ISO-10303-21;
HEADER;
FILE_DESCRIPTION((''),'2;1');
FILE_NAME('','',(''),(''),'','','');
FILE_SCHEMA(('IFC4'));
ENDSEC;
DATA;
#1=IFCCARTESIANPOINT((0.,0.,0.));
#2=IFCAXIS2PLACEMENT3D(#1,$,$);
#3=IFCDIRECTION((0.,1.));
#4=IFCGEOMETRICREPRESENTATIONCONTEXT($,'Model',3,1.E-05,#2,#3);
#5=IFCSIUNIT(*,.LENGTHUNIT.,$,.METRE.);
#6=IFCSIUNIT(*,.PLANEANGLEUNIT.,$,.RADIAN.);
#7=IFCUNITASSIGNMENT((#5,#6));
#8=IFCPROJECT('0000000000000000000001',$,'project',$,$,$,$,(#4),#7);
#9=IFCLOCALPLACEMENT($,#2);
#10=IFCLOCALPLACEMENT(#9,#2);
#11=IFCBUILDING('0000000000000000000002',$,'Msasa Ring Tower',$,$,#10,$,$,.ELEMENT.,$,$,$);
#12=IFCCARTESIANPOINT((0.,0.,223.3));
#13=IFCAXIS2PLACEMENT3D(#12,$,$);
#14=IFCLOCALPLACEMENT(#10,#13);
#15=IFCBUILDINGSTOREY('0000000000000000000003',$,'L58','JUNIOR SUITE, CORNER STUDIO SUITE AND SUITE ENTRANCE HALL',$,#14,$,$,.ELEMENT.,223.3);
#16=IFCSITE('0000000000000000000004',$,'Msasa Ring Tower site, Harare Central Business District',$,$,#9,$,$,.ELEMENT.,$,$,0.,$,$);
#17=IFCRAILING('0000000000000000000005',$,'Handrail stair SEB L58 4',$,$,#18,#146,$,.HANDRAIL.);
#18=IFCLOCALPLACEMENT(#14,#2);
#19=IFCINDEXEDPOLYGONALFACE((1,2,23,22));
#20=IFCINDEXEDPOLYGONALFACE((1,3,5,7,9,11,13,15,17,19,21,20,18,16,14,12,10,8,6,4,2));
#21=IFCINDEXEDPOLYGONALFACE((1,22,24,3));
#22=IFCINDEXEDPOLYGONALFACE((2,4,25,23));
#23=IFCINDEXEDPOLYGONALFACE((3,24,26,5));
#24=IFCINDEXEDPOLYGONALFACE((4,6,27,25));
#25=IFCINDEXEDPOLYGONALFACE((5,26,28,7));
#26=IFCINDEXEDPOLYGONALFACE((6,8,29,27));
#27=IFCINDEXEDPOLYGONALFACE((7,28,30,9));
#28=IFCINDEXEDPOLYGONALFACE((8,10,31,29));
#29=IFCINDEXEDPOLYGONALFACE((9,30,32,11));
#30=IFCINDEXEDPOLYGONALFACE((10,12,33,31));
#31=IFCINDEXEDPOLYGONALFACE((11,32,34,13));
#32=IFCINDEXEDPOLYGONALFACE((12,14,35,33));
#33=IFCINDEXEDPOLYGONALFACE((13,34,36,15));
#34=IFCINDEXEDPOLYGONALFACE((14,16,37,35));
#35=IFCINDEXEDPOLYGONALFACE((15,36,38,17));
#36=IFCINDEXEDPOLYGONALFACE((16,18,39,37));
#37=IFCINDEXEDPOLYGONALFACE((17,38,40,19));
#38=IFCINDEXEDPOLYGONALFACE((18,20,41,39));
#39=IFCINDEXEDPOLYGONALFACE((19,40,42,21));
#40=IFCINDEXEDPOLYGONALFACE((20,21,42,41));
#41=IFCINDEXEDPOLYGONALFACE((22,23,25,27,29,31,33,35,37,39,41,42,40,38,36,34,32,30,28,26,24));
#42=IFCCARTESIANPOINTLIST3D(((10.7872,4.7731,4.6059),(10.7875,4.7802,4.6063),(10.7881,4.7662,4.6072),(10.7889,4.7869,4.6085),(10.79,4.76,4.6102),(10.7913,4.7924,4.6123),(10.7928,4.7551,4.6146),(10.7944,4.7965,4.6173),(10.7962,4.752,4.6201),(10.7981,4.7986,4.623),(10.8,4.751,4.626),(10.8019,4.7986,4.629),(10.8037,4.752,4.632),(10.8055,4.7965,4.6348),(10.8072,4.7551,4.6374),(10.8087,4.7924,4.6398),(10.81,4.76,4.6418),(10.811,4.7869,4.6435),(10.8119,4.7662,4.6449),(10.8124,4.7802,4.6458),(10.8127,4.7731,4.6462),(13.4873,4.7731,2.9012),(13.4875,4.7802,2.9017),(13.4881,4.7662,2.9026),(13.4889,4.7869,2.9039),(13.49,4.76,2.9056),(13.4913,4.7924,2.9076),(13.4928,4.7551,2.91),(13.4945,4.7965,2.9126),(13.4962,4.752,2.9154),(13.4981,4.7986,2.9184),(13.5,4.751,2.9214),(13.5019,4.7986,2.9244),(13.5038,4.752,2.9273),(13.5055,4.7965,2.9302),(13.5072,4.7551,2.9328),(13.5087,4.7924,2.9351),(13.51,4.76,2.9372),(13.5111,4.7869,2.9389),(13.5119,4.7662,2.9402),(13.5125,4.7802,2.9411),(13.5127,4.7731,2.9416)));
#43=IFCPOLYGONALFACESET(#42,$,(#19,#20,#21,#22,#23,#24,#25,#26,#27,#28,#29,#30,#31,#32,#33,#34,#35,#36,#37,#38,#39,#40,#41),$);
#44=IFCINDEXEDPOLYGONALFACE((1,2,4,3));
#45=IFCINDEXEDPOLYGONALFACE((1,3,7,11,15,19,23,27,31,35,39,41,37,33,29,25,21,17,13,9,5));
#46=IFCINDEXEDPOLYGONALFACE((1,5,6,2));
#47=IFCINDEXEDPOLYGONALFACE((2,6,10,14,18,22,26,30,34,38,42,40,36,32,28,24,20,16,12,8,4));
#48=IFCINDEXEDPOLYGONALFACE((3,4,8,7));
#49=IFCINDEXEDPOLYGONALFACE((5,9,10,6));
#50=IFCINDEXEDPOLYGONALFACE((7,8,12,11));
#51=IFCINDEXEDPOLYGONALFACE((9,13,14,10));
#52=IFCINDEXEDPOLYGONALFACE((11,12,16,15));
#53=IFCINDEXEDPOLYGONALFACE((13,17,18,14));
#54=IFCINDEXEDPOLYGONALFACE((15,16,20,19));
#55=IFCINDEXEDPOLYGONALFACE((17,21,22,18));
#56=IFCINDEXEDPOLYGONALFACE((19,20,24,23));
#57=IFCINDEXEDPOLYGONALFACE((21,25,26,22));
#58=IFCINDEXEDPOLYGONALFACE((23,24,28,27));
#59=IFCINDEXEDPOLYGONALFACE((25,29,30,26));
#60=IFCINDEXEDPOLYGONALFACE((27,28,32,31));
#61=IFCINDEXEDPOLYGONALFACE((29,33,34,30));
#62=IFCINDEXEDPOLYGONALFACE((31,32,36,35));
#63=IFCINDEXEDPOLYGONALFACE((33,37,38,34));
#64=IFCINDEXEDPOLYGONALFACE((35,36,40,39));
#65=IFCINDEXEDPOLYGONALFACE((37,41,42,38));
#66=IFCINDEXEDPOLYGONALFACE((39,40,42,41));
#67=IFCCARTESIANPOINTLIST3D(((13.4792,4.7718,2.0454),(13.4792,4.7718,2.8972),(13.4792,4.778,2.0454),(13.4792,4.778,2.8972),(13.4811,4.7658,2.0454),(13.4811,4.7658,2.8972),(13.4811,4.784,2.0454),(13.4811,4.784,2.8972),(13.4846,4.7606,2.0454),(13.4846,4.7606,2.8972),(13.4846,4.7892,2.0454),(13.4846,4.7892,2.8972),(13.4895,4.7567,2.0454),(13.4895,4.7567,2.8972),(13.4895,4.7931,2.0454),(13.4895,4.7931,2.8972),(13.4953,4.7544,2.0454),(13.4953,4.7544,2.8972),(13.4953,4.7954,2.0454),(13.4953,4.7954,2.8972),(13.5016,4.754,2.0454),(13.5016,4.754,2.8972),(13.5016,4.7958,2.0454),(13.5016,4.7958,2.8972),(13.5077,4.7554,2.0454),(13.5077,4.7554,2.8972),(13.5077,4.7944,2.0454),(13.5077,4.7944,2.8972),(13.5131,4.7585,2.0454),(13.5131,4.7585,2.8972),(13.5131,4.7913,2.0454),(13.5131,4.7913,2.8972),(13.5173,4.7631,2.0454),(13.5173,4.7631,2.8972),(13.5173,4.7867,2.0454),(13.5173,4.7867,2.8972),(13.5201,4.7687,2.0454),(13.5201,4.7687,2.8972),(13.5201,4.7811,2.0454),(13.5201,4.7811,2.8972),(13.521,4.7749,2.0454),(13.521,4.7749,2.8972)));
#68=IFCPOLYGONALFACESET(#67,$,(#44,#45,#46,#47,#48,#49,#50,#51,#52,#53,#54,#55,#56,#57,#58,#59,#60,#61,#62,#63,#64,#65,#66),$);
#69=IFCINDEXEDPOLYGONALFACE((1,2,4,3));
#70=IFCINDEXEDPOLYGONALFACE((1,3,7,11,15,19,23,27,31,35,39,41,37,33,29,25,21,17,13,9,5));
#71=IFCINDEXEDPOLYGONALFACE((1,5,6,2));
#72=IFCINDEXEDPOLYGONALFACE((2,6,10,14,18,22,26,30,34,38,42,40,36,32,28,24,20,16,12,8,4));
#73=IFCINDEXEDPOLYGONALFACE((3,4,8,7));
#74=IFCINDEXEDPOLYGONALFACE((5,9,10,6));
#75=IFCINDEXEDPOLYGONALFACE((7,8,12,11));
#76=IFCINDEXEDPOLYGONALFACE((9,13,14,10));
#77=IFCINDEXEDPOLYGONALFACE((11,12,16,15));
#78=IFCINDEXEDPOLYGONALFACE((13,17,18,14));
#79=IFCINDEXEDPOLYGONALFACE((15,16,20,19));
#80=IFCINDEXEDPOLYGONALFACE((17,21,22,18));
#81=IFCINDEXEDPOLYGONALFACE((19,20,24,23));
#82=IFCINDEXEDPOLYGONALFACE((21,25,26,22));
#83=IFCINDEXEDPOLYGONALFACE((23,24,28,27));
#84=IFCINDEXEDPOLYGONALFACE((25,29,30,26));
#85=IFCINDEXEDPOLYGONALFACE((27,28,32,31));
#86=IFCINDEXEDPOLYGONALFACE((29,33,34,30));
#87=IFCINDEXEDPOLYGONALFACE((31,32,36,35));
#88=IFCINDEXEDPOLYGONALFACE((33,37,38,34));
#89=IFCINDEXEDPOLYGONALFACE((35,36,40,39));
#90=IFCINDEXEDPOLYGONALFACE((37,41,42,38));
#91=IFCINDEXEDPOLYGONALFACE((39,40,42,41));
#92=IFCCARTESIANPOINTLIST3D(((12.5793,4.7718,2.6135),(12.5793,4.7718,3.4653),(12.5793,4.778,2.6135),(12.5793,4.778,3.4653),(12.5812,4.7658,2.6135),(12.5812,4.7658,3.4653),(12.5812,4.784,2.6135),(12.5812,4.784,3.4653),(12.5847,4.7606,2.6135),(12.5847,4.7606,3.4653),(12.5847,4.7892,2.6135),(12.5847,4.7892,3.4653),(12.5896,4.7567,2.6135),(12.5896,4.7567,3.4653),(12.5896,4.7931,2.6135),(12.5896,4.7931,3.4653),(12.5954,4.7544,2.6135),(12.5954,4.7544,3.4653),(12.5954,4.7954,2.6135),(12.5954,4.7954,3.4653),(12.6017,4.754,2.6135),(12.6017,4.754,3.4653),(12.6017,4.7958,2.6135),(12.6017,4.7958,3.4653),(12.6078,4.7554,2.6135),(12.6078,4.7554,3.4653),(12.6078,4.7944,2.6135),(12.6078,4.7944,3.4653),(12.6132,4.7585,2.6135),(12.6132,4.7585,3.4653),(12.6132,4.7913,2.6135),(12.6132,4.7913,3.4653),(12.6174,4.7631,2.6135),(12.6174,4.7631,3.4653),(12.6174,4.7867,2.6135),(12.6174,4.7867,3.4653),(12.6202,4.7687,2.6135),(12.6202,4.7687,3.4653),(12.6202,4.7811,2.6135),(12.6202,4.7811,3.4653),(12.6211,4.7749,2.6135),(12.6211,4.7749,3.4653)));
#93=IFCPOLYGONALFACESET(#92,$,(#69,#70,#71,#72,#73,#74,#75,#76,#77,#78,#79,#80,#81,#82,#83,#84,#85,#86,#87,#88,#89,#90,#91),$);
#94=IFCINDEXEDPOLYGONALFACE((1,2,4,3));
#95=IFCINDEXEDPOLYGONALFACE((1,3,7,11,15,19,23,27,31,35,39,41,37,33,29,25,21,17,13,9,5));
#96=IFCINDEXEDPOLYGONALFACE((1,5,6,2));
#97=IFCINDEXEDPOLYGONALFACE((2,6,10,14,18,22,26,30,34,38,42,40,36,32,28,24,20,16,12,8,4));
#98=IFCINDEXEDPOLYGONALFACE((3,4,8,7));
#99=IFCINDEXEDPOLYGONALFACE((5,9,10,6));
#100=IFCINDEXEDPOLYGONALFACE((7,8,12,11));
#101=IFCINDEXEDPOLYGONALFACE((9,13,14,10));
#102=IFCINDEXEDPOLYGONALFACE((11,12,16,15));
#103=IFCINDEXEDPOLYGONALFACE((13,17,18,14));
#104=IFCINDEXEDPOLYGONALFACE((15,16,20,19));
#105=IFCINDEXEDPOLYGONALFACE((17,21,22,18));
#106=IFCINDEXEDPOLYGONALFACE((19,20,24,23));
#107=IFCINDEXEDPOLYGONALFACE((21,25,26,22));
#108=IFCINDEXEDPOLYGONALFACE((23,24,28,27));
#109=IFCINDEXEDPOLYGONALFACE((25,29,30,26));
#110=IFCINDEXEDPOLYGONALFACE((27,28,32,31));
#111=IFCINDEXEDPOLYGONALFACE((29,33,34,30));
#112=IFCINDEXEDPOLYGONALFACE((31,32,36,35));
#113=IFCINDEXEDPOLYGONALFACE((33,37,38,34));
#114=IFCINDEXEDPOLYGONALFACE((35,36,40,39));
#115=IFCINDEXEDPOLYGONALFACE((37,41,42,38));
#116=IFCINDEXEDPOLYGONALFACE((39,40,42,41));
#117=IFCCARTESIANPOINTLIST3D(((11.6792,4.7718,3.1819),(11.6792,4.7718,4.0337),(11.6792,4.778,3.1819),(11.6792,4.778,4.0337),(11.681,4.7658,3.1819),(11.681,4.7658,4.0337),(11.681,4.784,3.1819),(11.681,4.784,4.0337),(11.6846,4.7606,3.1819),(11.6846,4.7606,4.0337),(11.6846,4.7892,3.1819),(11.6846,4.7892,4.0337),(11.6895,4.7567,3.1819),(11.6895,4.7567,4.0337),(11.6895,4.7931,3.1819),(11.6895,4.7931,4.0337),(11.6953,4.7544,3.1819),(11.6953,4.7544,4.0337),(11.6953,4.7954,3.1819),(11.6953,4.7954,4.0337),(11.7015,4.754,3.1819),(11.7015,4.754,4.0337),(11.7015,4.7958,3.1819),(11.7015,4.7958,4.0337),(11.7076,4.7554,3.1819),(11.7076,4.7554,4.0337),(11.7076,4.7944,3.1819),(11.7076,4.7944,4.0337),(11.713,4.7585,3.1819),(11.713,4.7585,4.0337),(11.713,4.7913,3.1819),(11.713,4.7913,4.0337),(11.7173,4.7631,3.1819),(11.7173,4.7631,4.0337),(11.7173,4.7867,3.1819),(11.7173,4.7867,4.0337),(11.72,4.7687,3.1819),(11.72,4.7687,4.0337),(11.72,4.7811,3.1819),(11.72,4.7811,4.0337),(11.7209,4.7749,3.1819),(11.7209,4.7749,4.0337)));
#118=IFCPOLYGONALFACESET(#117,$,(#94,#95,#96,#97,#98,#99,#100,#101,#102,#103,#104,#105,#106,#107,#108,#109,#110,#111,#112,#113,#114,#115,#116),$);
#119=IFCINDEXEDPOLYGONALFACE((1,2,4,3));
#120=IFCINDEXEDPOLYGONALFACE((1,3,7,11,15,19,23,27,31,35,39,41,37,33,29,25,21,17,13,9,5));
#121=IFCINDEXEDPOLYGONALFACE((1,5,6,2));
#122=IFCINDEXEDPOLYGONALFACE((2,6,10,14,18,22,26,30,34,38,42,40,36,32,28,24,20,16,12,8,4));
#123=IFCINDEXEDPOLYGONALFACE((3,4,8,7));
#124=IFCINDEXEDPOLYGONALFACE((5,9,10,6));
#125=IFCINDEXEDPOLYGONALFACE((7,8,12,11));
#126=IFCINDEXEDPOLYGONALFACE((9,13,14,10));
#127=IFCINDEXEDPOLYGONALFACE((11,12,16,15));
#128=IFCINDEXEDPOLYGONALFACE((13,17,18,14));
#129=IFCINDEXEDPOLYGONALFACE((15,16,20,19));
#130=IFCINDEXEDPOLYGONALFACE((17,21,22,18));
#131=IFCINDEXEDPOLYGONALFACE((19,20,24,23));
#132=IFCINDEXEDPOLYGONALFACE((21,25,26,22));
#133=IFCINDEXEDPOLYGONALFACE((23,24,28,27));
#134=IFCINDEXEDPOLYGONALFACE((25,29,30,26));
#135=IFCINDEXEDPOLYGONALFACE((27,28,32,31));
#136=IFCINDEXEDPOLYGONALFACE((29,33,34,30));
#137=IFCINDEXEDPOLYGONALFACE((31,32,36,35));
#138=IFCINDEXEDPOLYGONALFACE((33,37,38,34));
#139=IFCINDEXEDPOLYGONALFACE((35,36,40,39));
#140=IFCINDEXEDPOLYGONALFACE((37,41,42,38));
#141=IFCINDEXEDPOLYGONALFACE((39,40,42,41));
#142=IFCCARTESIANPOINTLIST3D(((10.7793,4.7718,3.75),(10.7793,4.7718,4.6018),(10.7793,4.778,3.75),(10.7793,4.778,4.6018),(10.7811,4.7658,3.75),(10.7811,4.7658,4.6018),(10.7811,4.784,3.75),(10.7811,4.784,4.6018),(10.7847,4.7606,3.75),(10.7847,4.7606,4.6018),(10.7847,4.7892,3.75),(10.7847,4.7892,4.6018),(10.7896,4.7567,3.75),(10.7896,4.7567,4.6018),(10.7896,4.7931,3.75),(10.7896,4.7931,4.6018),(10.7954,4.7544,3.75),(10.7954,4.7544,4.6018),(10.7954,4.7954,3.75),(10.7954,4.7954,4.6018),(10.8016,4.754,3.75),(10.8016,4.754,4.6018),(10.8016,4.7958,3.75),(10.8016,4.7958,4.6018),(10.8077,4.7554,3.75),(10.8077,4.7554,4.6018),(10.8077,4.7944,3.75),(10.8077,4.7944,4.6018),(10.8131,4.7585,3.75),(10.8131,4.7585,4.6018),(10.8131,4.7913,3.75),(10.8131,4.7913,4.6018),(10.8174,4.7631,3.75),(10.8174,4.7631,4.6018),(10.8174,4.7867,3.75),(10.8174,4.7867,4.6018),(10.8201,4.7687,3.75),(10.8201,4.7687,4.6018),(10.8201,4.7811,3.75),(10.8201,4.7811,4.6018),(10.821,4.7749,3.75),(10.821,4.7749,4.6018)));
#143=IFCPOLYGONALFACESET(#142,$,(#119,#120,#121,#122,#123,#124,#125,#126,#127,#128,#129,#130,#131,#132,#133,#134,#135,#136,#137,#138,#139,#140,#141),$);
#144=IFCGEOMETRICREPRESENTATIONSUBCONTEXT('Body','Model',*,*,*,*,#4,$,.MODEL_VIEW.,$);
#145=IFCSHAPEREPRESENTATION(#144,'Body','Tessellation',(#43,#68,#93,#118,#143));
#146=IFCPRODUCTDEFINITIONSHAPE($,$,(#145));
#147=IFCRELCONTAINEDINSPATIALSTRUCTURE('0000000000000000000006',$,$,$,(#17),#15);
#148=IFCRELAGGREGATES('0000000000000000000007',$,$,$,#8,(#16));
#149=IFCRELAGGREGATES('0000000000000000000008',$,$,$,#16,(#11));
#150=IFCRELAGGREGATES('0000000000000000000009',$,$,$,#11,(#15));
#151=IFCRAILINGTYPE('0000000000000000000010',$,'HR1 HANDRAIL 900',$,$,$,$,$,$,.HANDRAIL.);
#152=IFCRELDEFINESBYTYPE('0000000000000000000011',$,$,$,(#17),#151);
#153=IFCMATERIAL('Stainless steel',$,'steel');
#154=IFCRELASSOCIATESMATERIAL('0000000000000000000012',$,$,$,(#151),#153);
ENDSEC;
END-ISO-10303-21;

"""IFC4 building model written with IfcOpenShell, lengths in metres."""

from ifc_helpers import new_model, si_unit, direction, frame, origin, origin_2d, place, context, subcontext, project, spatial, circle, extrude, material, type_object, element, save


model = new_model("IFC4")

# Units and contexts
model_context = context("Model", 3, precision=1e-05, world=origin(), true_north=direction((0.0, 1.0)))
body_context = subcontext(model_context, "Body", "Model", "MODEL_VIEW")
ifc_project = project(units=[si_unit("LENGTHUNIT", "METRE"), si_unit("PLANEANGLEUNIT", "RADIAN")], contexts=[model_context])

# Site, building, storey
site_placement = place(None, origin())
site = spatial("IfcSite", under=ifc_project, at=site_placement, Name="Msasa Ring Tower site, Harare Central Business District", CompositionType="ELEMENT", RefElevation=0.0)
building_placement = place(site_placement, origin())
building = spatial("IfcBuilding", under=site, at=building_placement, Name="Msasa Ring Tower", CompositionType="ELEMENT")
storey_placement = place(building_placement, frame((0.0, 0.0, 223.3)))
storey = spatial("IfcBuildingStorey", under=building, at=storey_placement, Name="L58", Description="JUNIOR SUITE, CORNER STUDIO SUITE AND SUITE ENTRANCE HALL", CompositionType="ELEMENT", Elevation=223.3)

# Railing
ifc_material_1 = material(Name="Stainless steel", Category="steel")
railing_type = type_object("IfcRailingType", Name="HR1 HANDRAIL 900", PredefinedType="HANDRAIL", material=ifc_material_1)
for number, where, name in (
    (1, (13.5, 4.7749, 2.0454), "Handrail stair SEB L58 4"),
):
    element("IfcRailing", number, at=place(storey_placement, frame(where)), inside=storey, type_object=railing_type, Name=name, PredefinedType="HANDRAIL", context=body_context, shape_type="SweptSolid", body=[
        extrude(circle(Radius=0.0239, at=origin_2d()), frame((0.0, 0.0, 0.876), z_axis=(-0.84558, 0.0, 0.533849), x_axis=(0.0, -1.0, 0.0)), (0.0, 0.0, 1.0), 3.1931),
        extrude(circle(Radius=0.021, at=origin_2d()), origin(), (0.0, 0.0, 1.0), 0.8518),
        extrude(circle(Radius=0.021, at=origin_2d()), frame((-0.8999, 0.0, 0.5681)), (0.0, 0.0, 1.0), 0.8518),
        extrude(circle(Radius=0.021, at=origin_2d()), frame((-1.8, 0.0, 1.1365)), (0.0, 0.0, 1.0), 0.8518),
        extrude(circle(Radius=0.021, at=origin_2d()), frame((-2.7, 0.0, 1.7046)), (0.0, 0.0, 1.0), 0.8518),
    ])

save(model, "model.ifc")
